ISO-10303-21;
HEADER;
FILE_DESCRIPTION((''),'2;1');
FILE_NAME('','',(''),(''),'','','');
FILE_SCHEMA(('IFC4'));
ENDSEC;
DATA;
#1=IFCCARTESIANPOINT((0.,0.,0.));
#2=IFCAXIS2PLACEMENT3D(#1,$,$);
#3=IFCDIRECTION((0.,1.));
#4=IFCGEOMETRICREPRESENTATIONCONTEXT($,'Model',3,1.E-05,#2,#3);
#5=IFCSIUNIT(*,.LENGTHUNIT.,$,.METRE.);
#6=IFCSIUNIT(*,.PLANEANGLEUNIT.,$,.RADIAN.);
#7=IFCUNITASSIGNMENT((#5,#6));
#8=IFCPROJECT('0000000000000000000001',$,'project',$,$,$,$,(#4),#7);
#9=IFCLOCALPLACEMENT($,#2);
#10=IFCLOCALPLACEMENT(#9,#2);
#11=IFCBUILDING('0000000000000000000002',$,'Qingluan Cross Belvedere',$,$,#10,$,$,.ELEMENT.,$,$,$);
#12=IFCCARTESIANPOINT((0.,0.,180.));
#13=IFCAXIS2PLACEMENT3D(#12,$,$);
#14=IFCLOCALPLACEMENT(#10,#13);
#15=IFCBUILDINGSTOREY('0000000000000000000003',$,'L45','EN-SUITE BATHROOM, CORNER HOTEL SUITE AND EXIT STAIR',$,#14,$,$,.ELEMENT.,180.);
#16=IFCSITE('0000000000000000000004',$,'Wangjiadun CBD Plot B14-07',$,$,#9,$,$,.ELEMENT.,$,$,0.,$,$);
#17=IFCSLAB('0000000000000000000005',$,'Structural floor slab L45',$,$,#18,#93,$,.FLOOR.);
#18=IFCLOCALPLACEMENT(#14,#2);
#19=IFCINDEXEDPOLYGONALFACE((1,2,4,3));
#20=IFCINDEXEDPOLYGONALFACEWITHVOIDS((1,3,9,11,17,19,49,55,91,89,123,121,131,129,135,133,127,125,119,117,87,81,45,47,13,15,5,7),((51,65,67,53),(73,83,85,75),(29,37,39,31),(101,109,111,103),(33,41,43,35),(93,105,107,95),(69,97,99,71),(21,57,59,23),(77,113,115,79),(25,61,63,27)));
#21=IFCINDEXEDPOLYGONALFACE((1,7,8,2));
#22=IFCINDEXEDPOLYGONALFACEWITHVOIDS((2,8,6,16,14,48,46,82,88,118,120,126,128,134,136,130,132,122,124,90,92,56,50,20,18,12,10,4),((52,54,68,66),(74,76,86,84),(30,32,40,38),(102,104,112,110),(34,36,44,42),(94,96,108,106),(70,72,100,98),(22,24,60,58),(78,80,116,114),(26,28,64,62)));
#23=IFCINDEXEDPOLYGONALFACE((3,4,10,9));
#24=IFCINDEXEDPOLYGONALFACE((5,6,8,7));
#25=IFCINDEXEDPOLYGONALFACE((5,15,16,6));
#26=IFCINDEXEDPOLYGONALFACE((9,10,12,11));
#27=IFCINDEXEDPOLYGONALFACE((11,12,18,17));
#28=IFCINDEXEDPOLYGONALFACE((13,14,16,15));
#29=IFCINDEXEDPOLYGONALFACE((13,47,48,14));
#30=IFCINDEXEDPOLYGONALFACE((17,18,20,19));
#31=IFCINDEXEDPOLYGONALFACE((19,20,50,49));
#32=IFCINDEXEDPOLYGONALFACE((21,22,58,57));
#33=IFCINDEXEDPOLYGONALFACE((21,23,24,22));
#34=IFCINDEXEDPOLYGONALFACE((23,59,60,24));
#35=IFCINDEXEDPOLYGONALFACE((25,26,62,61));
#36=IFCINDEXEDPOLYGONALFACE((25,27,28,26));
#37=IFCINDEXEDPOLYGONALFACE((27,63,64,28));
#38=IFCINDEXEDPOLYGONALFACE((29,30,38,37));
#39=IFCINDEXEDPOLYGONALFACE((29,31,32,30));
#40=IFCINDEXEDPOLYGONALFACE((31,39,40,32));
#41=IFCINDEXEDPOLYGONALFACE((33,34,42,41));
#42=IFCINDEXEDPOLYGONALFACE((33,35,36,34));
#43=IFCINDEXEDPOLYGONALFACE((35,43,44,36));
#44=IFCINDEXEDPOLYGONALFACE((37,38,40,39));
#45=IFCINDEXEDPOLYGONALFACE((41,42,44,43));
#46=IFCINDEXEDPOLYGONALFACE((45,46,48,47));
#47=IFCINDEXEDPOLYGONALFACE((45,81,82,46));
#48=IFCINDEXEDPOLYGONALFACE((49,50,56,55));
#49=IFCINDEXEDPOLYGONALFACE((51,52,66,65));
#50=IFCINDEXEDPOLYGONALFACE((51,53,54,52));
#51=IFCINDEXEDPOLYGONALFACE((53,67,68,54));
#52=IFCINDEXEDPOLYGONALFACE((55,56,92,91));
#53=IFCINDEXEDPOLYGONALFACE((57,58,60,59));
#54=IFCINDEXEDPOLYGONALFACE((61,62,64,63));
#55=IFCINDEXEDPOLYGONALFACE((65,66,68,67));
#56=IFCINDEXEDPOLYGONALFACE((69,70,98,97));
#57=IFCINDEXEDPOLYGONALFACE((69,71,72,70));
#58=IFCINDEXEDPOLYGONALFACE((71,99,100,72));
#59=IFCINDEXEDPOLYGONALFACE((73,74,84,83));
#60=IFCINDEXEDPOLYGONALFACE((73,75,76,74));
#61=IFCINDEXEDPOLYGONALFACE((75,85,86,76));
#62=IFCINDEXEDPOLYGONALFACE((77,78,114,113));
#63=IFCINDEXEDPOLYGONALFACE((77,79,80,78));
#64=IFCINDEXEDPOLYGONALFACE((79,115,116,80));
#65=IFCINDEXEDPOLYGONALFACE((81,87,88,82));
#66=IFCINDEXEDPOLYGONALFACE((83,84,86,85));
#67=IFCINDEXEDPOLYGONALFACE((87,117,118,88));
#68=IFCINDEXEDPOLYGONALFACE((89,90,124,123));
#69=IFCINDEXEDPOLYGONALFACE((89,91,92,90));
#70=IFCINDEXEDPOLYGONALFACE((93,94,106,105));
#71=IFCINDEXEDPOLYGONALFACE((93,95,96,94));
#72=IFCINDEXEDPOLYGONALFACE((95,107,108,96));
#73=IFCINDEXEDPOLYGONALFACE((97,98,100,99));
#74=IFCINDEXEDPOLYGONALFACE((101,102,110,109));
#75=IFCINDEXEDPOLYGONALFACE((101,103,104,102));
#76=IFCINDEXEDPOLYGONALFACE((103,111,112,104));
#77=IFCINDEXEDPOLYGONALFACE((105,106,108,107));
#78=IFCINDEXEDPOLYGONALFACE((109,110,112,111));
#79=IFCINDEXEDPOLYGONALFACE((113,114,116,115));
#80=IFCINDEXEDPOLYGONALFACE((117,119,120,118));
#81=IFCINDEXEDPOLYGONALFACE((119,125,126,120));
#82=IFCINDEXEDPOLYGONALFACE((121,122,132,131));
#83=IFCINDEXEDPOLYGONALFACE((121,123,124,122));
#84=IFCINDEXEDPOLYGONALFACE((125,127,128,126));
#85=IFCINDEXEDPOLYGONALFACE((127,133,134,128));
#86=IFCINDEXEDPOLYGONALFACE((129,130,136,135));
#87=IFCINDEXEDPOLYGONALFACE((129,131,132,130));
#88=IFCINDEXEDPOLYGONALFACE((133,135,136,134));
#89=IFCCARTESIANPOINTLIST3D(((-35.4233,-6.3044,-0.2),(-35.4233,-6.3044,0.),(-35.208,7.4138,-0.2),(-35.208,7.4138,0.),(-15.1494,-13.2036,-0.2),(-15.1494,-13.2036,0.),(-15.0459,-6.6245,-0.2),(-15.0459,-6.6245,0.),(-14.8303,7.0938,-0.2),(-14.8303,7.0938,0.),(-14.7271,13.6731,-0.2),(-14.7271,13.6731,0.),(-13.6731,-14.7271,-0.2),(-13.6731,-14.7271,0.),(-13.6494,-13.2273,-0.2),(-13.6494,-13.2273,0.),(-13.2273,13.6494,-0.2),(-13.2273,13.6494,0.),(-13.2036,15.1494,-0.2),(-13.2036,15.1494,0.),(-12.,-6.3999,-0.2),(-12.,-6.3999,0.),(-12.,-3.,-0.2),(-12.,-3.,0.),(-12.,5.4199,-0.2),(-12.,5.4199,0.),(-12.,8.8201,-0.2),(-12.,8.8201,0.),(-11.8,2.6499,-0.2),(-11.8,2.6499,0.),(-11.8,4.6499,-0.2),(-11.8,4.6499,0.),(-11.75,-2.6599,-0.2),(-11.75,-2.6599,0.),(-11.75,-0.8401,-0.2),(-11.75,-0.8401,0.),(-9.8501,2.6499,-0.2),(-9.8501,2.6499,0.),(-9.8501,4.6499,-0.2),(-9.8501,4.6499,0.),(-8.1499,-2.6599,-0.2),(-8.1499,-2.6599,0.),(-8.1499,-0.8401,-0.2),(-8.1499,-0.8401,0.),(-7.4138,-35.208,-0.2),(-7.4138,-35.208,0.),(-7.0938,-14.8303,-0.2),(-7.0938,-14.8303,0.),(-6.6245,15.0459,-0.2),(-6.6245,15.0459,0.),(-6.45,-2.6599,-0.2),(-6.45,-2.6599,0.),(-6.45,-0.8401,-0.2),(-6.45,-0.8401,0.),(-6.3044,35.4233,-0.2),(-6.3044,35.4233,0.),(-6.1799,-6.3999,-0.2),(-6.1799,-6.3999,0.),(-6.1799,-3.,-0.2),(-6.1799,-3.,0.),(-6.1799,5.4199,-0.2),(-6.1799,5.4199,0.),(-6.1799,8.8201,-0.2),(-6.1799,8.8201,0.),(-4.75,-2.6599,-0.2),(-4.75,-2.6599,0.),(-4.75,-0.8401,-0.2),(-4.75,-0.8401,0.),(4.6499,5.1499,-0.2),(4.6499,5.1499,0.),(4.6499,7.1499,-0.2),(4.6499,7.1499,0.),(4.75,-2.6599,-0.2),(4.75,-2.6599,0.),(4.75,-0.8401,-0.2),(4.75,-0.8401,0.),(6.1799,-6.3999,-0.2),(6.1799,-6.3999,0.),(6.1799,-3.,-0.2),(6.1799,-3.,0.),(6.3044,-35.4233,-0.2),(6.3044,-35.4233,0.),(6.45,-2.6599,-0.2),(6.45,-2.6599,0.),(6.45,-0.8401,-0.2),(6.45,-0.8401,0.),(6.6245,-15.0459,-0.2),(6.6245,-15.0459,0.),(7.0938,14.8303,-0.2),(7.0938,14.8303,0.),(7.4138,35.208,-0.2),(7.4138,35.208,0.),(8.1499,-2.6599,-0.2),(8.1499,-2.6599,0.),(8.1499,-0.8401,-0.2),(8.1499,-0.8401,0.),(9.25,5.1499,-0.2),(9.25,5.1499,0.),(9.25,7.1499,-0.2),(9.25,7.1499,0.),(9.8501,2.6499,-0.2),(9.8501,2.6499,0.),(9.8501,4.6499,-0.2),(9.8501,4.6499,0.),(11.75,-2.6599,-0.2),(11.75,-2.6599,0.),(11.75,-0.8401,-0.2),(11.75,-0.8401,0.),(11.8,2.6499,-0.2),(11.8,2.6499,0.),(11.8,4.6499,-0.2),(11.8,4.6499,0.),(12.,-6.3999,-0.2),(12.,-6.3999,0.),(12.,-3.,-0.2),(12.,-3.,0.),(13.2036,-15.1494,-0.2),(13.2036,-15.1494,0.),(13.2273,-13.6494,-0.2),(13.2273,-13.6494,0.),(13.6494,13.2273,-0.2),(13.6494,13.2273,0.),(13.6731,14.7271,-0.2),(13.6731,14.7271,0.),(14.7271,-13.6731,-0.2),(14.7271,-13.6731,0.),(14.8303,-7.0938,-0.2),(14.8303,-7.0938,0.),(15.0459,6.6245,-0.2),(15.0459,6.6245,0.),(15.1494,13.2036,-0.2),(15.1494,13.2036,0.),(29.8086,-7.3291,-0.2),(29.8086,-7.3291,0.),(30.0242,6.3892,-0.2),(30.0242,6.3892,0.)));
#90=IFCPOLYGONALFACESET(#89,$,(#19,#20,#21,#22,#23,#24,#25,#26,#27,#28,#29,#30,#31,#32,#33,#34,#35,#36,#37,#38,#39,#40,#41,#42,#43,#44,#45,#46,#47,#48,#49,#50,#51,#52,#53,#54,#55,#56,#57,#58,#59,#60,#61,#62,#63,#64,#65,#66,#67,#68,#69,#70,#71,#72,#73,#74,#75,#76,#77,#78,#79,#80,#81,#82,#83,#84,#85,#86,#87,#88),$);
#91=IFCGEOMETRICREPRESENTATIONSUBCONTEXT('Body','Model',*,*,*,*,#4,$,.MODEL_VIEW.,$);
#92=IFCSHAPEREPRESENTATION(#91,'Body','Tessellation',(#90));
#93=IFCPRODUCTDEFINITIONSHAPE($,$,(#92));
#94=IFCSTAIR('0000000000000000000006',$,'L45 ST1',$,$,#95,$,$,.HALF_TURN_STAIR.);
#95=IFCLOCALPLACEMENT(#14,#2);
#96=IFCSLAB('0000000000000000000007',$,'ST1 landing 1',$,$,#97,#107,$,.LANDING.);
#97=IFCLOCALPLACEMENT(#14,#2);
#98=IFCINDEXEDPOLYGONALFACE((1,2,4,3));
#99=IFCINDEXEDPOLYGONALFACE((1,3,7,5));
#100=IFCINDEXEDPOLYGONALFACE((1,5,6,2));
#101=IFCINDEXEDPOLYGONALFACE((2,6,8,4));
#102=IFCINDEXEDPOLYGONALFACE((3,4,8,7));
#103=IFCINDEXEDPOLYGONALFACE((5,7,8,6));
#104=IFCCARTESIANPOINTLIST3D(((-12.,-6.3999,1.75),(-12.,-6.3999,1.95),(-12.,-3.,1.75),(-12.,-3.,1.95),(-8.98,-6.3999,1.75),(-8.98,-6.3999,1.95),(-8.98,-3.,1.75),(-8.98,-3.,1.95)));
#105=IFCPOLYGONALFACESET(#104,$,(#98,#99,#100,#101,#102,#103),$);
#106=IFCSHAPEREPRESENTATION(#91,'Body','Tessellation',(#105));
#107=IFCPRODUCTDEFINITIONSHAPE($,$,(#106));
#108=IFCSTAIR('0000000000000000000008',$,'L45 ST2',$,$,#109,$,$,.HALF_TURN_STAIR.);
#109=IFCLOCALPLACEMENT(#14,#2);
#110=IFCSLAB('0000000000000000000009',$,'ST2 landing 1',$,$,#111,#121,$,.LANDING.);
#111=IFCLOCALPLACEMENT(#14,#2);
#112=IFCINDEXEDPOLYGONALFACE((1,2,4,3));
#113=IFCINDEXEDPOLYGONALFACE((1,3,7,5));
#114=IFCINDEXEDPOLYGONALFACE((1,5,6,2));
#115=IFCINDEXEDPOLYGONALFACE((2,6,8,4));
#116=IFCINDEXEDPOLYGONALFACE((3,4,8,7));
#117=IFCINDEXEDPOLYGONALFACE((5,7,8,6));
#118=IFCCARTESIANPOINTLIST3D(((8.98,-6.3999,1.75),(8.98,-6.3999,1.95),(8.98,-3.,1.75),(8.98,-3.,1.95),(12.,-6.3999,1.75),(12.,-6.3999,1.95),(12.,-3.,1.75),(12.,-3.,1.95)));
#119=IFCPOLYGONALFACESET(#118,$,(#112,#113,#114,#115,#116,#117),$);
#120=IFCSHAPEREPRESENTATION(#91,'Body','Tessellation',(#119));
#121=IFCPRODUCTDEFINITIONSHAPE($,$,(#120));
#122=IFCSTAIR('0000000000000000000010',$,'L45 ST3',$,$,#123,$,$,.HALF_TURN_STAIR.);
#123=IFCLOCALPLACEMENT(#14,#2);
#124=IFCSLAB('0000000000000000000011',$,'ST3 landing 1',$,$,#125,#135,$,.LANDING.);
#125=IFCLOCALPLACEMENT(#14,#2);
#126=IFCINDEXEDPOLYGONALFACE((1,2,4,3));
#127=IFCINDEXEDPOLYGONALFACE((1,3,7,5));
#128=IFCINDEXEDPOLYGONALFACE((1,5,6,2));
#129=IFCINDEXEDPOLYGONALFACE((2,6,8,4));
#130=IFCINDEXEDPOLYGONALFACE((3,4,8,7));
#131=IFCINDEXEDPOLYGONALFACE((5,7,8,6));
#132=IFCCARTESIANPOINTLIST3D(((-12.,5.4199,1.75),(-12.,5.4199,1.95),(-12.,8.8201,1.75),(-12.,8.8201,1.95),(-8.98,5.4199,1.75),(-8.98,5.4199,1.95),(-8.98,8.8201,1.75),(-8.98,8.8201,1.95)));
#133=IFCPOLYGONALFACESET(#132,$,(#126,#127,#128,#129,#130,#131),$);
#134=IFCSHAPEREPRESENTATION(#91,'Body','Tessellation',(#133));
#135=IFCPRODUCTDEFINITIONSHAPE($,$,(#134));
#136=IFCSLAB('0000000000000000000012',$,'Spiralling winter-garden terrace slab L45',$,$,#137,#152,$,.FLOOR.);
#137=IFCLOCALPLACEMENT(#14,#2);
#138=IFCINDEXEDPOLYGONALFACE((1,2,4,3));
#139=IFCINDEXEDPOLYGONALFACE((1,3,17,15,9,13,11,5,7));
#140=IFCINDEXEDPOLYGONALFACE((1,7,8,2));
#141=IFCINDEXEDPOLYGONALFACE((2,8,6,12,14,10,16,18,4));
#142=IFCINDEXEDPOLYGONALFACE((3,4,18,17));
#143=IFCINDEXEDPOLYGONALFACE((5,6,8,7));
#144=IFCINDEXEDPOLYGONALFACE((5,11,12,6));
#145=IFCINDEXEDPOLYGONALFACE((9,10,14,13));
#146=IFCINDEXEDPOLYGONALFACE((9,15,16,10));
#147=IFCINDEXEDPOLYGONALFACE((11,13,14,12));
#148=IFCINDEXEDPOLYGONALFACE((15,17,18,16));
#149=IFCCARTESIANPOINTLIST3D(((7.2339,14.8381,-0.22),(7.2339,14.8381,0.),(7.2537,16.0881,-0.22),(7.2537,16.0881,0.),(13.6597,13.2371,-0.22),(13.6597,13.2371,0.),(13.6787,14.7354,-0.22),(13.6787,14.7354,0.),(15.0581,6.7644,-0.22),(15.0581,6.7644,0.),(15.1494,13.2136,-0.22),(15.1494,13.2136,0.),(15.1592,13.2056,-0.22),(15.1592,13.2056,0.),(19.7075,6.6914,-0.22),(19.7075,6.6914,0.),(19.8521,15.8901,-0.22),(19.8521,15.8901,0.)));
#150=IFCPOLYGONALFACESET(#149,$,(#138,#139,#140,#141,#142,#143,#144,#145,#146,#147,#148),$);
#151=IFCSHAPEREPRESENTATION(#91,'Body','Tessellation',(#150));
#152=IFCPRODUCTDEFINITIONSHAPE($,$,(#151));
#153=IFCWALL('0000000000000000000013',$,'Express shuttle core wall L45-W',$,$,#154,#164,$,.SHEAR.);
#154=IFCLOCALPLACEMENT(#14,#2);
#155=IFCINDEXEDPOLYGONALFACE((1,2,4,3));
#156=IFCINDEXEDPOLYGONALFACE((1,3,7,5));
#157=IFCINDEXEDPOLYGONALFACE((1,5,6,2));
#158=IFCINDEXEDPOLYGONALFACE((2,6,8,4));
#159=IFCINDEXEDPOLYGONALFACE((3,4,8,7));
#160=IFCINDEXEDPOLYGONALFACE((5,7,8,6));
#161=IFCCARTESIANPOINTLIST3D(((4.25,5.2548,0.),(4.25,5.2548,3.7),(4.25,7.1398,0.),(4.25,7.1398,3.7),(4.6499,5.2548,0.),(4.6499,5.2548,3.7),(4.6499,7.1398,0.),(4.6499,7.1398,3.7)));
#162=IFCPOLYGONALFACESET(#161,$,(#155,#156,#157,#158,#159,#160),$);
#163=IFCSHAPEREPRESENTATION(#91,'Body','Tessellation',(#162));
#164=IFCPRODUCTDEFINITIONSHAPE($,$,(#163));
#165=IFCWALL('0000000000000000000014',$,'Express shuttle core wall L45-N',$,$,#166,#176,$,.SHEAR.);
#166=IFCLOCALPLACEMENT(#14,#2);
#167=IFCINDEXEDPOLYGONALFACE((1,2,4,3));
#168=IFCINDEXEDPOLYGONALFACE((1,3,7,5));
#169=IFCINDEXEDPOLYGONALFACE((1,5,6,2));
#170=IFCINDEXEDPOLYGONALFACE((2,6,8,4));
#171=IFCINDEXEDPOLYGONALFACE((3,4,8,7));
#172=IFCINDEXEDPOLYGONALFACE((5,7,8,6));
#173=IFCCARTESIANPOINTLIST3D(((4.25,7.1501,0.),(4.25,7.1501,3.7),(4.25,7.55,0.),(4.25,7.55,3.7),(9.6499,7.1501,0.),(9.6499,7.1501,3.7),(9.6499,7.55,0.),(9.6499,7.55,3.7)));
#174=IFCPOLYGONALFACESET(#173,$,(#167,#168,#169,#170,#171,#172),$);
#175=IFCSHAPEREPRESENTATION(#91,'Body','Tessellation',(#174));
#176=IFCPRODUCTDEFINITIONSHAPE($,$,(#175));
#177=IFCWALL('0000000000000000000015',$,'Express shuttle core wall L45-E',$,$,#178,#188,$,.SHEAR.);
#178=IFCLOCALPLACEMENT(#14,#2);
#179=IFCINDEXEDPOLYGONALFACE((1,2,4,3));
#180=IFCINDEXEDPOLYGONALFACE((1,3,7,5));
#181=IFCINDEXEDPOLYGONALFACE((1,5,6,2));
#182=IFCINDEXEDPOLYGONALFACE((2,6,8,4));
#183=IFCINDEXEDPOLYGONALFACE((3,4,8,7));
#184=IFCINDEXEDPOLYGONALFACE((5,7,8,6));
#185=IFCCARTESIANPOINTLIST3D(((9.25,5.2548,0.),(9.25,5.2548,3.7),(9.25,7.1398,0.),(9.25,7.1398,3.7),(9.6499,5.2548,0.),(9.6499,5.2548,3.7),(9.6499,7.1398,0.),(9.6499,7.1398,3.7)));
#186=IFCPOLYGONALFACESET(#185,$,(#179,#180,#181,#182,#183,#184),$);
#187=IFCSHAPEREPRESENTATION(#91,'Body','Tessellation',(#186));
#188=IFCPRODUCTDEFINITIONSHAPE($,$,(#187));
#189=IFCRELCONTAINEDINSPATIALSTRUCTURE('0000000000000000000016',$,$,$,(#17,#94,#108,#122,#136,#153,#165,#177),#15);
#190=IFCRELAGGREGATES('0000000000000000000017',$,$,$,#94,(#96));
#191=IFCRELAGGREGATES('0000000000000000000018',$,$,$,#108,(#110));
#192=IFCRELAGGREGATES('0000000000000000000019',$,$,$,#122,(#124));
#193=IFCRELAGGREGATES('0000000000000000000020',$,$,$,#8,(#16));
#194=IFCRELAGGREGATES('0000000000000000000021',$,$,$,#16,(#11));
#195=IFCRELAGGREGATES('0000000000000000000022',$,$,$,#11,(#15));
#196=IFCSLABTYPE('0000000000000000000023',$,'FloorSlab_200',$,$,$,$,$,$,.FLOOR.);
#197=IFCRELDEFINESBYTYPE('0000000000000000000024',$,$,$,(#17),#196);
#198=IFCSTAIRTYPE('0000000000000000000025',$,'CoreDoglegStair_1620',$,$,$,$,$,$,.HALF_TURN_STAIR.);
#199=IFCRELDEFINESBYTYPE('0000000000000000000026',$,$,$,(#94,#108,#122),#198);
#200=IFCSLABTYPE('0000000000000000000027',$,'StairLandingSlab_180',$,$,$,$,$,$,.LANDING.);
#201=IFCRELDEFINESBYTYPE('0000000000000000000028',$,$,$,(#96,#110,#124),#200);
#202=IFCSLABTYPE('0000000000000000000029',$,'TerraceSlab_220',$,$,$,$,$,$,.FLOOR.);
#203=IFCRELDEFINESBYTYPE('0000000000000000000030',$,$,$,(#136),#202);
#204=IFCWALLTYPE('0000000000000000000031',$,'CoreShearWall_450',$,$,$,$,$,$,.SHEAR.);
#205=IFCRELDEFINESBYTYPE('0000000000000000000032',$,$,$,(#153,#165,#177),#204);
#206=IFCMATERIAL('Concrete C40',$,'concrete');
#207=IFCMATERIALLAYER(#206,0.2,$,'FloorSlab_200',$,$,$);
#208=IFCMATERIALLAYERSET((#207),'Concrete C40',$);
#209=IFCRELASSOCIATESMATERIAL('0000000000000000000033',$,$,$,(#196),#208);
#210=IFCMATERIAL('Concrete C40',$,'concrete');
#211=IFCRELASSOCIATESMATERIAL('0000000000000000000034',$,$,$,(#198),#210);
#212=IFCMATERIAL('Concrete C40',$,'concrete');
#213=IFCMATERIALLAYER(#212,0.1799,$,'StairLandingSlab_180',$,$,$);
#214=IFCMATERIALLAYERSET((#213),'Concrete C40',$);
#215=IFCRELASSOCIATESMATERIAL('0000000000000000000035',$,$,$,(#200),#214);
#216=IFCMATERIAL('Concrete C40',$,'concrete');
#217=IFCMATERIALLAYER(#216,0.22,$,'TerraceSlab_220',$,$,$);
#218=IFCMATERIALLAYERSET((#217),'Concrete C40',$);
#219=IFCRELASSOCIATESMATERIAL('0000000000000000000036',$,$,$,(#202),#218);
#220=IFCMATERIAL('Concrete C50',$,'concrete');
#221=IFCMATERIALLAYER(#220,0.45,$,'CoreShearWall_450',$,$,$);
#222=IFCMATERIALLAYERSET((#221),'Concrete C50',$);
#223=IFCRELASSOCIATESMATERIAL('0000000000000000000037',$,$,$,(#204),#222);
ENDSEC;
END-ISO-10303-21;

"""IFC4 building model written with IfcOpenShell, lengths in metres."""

from ifc_helpers import new_model, si_unit, direction, frame, frame_2d, origin, place, context, subcontext, project, spatial, polyline, rectangle, outline, extrude, material, layer, layer_set, type_object, element, aggregate, save


model = new_model("IFC4")

# Units and contexts
model_context = context("Model", 3, precision=1e-05, world=origin(), true_north=direction((0.0, 1.0)))
body_context = subcontext(model_context, "Body", "Model", "MODEL_VIEW")
ifc_project = project(units=[si_unit("LENGTHUNIT", "METRE"), si_unit("PLANEANGLEUNIT", "RADIAN")], contexts=[model_context])

# Site, building, storey
site_placement = place(None, origin())
site = spatial("IfcSite", under=ifc_project, at=site_placement, Name="Wangjiadun CBD Plot B14-07", CompositionType="ELEMENT", RefElevation=0.0)
building_placement = place(site_placement, origin())
building = spatial("IfcBuilding", under=site, at=building_placement, Name="Qingluan Cross Belvedere", CompositionType="ELEMENT")
storey_placement = place(building_placement, frame((0.0, 0.0, 180.0)))
storey = spatial("IfcBuildingStorey", under=building, at=storey_placement, Name="L45", Description="EN-SUITE BATHROOM, CORNER HOTEL SUITE AND EXIT STAIR", CompositionType="ELEMENT", Elevation=180.0)

# Slab
ifc_material_1 = material(Name="Concrete C40", Category="concrete")
ifc_layer_1 = layer(ifc_material_1, 0.2, Name="FloorSlab_200")
ifc_layer_set_1 = layer_set([ifc_layer_1], Name="Concrete C40")
slab_type_1 = type_object("IfcSlabType", Name="FloorSlab_200", PredefinedType="FLOOR", material=ifc_layer_set_1)
slab_1_placement = place(storey_placement, frame((0.0, 0.0, -0.2)))
element("IfcSlab", 1, at=slab_1_placement, inside=storey, type_object=slab_type_1, Name="Structural floor slab L45", PredefinedType="FLOOR", context=body_context, shape_type="SweptSolid", body=[
    extrude(outline(polyline([(6.3044, -35.4233), (6.6245, -15.0459), (13.2036, -15.1494), (13.2273, -13.6494), (14.7271, -13.6731), (14.8303, -7.0938), (29.8086, -7.3291), (30.0242, 6.3892), (15.0459, 6.6245), (15.1494, 13.2036), (13.6494, 13.2273), (13.6731, 14.7271), (7.0938, 14.8303), (7.4138, 35.208), (-6.3044, 35.4233), (-6.6245, 15.0459), (-13.2036, 15.1494), (-13.2273, 13.6494), (-14.7271, 13.6731), (-14.8303, 7.0938), (-35.208, 7.4138), (-35.4233, -6.3044), (-15.0459, -6.6245), (-15.1494, -13.2036), (-13.6494, -13.2273), (-13.6731, -14.7271), (-7.0938, -14.8303), (-7.4138, -35.208), (6.3044, -35.4233)]), holes=[polyline([(-12.0, -3.0), (-6.1799, -3.0), (-6.1799, -6.3999), (-12.0, -6.3999), (-12.0, -3.0)]), polyline([(6.1799, -3.0), (12.0, -3.0), (12.0, -6.3999), (6.1799, -6.3999), (6.1799, -3.0)]), polyline([(-12.0, 8.8201), (-6.1799, 8.8201), (-6.1799, 5.4199), (-12.0, 5.4199), (-12.0, 8.8201)]), polyline([(-11.8, 4.6499), (-9.8501, 4.6499), (-9.8501, 2.6499), (-11.8, 2.6499), (-11.8, 4.6499)]), polyline([(9.8501, 4.6499), (11.8, 4.6499), (11.8, 2.6499), (9.8501, 2.6499), (9.8501, 4.6499)]), polyline([(-11.75, -0.8401), (-8.1499, -0.8401), (-8.1499, -2.6599), (-11.75, -2.6599), (-11.75, -0.8401)]), polyline([(-6.45, -0.8401), (-4.75, -0.8401), (-4.75, -2.6599), (-6.45, -2.6599), (-6.45, -0.8401)]), polyline([(4.75, -0.8401), (6.45, -0.8401), (6.45, -2.6599), (4.75, -2.6599), (4.75, -0.8401)]), polyline([(8.1499, -0.8401), (11.75, -0.8401), (11.75, -2.6599), (8.1499, -2.6599), (8.1499, -0.8401)]), polyline([(4.6499, 7.1499), (9.25, 7.1499), (9.25, 5.1499), (4.6499, 5.1499), (4.6499, 7.1499)])]), origin(), (0.0, 0.0, 1.0), 0.2),
])

# Stairs, slabs
ifc_material_2 = material(Name="Concrete C40", Category="concrete")
stair_type = type_object("IfcStairType", Name="CoreDoglegStair_1620", PredefinedType="HALF_TURN_STAIR", material=ifc_material_2)
stair_1_placement = place(storey_placement, origin())
stair_1 = element("IfcStair", 2, at=stair_1_placement, inside=storey, type_object=stair_type, Name="L45 ST1", PredefinedType="HALF_TURN_STAIR")
ifc_material_3 = material(Name="Concrete C40", Category="concrete")
ifc_layer_2 = layer(ifc_material_3, 0.1799, Name="StairLandingSlab_180")
ifc_layer_set_2 = layer_set([ifc_layer_2], Name="Concrete C40")
slab_type_2 = type_object("IfcSlabType", Name="StairLandingSlab_180", PredefinedType="LANDING", material=ifc_layer_set_2)
slab_2_placement = place(storey_placement, frame((0.0, 0.0, 1.75)))
slab_2 = element("IfcSlab", 3, at=slab_2_placement, type_object=slab_type_2, Name="ST1 landing 1", PredefinedType="LANDING", context=body_context, shape_type="SweptSolid", body=[
    extrude(outline(polyline([(-8.98, -3.0), (-12.0, -3.0), (-12.0, -6.3999), (-8.98, -6.3999), (-8.98, -3.0)])), origin(), (0.0, 0.0, 1.0), 0.2),
])
aggregate(stair_1, [slab_2])
stair_2_placement = place(storey_placement, origin())
stair_2 = element("IfcStair", 4, at=stair_2_placement, inside=storey, type_object=stair_type, Name="L45 ST2", PredefinedType="HALF_TURN_STAIR")
slab_3_placement = place(storey_placement, frame((0.0, 0.0, 1.75)))
slab_3 = element("IfcSlab", 5, at=slab_3_placement, type_object=slab_type_2, Name="ST2 landing 1", PredefinedType="LANDING", context=body_context, shape_type="SweptSolid", body=[
    extrude(outline(polyline([(8.98, -6.3999), (12.0, -6.3999), (12.0, -3.0), (8.98, -3.0), (8.98, -6.3999)])), origin(), (0.0, 0.0, 1.0), 0.2),
])
aggregate(stair_2, [slab_3])
stair_3_placement = place(storey_placement, origin())
stair_3 = element("IfcStair", 6, at=stair_3_placement, inside=storey, type_object=stair_type, Name="L45 ST3", PredefinedType="HALF_TURN_STAIR")
slab_4_placement = place(storey_placement, frame((0.0, 0.0, 1.75)))
slab_4 = element("IfcSlab", 7, at=slab_4_placement, type_object=slab_type_2, Name="ST3 landing 1", PredefinedType="LANDING", context=body_context, shape_type="SweptSolid", body=[
    extrude(outline(polyline([(-8.98, 8.8201), (-12.0, 8.8201), (-12.0, 5.4199), (-8.98, 5.4199), (-8.98, 8.8201)])), origin(), (0.0, 0.0, 1.0), 0.2),
])
aggregate(stair_3, [slab_4])

# Slab
ifc_material_4 = material(Name="Concrete C40", Category="concrete")
ifc_layer_3 = layer(ifc_material_4, 0.22, Name="TerraceSlab_220")
ifc_layer_set_3 = layer_set([ifc_layer_3], Name="Concrete C40")
slab_type_3 = type_object("IfcSlabType", Name="TerraceSlab_220", PredefinedType="FLOOR", material=ifc_layer_set_3)
slab_5_placement = place(storey_placement, frame((0.0, 0.0, -0.22)))
element("IfcSlab", 8, at=slab_5_placement, inside=storey, type_object=slab_type_3, Name="Spiralling winter-garden terrace slab L45", PredefinedType="FLOOR", context=body_context, shape_type="SweptSolid", body=[
    extrude(outline(polyline([(7.2339, 14.8381), (13.6787, 14.7354), (13.6597, 13.2371), (15.1494, 13.2136), (15.1592, 13.2056), (15.0581, 6.7644), (19.7075, 6.6914), (19.8521, 15.8901), (7.2537, 16.0881), (7.2339, 14.8381)])), origin(), (0.0, 0.0, 1.0), 0.22),
])

# Walls
ifc_material_5 = material(Name="Concrete C50", Category="concrete")
ifc_layer_4 = layer(ifc_material_5, 0.45, Name="CoreShearWall_450")
ifc_layer_set_4 = layer_set([ifc_layer_4], Name="Concrete C50")
wall_type_1 = type_object("IfcWallType", Name="CoreShearWall_450", PredefinedType="SHEAR", material=ifc_layer_set_4)
wall_1_placement = place(storey_placement, frame((4.45, 5.2549, 0.0), z_axis=(0.0, 0.0, 1.0), x_axis=(0.0, 1.0, 0.0)))
element("IfcWall", 9, at=wall_1_placement, inside=storey, type_object=wall_type_1, Name="Express shuttle core wall L45-W", PredefinedType="SHEAR", context=body_context, shape_type="SweptSolid", body=[
    extrude(rectangle(XDim=1.885, YDim=0.3999, at=frame_2d((0.9424, 0.0))), origin(), (0.0, 0.0, 1.0), 3.7),
])
wall_2_placement = place(storey_placement, frame((4.25, 7.3501, 0.0), z_axis=(0.0, 0.0, 1.0), x_axis=(1.0, 0.0, 0.0)))
element("IfcWall", 10, at=wall_2_placement, inside=storey, type_object=wall_type_1, Name="Express shuttle core wall L45-N", PredefinedType="SHEAR", context=body_context, shape_type="SweptSolid", body=[
    extrude(rectangle(XDim=5.3999, YDim=0.3999, at=frame_2d((2.7, 0.0))), origin(), (0.0, 0.0, 1.0), 3.7),
])
wall_3_placement = place(storey_placement, frame((9.45, 5.2549, 0.0), z_axis=(0.0, 0.0, 1.0), x_axis=(0.0, 1.0, 0.0)))
element("IfcWall", 11, at=wall_3_placement, inside=storey, type_object=wall_type_1, Name="Express shuttle core wall L45-E", PredefinedType="SHEAR", context=body_context, shape_type="SweptSolid", body=[
    extrude(rectangle(XDim=1.885, YDim=0.3999, at=frame_2d((0.9424, 0.0))), origin(), (0.0, 0.0, 1.0), 3.7),
])

save(model, "model.ifc")
